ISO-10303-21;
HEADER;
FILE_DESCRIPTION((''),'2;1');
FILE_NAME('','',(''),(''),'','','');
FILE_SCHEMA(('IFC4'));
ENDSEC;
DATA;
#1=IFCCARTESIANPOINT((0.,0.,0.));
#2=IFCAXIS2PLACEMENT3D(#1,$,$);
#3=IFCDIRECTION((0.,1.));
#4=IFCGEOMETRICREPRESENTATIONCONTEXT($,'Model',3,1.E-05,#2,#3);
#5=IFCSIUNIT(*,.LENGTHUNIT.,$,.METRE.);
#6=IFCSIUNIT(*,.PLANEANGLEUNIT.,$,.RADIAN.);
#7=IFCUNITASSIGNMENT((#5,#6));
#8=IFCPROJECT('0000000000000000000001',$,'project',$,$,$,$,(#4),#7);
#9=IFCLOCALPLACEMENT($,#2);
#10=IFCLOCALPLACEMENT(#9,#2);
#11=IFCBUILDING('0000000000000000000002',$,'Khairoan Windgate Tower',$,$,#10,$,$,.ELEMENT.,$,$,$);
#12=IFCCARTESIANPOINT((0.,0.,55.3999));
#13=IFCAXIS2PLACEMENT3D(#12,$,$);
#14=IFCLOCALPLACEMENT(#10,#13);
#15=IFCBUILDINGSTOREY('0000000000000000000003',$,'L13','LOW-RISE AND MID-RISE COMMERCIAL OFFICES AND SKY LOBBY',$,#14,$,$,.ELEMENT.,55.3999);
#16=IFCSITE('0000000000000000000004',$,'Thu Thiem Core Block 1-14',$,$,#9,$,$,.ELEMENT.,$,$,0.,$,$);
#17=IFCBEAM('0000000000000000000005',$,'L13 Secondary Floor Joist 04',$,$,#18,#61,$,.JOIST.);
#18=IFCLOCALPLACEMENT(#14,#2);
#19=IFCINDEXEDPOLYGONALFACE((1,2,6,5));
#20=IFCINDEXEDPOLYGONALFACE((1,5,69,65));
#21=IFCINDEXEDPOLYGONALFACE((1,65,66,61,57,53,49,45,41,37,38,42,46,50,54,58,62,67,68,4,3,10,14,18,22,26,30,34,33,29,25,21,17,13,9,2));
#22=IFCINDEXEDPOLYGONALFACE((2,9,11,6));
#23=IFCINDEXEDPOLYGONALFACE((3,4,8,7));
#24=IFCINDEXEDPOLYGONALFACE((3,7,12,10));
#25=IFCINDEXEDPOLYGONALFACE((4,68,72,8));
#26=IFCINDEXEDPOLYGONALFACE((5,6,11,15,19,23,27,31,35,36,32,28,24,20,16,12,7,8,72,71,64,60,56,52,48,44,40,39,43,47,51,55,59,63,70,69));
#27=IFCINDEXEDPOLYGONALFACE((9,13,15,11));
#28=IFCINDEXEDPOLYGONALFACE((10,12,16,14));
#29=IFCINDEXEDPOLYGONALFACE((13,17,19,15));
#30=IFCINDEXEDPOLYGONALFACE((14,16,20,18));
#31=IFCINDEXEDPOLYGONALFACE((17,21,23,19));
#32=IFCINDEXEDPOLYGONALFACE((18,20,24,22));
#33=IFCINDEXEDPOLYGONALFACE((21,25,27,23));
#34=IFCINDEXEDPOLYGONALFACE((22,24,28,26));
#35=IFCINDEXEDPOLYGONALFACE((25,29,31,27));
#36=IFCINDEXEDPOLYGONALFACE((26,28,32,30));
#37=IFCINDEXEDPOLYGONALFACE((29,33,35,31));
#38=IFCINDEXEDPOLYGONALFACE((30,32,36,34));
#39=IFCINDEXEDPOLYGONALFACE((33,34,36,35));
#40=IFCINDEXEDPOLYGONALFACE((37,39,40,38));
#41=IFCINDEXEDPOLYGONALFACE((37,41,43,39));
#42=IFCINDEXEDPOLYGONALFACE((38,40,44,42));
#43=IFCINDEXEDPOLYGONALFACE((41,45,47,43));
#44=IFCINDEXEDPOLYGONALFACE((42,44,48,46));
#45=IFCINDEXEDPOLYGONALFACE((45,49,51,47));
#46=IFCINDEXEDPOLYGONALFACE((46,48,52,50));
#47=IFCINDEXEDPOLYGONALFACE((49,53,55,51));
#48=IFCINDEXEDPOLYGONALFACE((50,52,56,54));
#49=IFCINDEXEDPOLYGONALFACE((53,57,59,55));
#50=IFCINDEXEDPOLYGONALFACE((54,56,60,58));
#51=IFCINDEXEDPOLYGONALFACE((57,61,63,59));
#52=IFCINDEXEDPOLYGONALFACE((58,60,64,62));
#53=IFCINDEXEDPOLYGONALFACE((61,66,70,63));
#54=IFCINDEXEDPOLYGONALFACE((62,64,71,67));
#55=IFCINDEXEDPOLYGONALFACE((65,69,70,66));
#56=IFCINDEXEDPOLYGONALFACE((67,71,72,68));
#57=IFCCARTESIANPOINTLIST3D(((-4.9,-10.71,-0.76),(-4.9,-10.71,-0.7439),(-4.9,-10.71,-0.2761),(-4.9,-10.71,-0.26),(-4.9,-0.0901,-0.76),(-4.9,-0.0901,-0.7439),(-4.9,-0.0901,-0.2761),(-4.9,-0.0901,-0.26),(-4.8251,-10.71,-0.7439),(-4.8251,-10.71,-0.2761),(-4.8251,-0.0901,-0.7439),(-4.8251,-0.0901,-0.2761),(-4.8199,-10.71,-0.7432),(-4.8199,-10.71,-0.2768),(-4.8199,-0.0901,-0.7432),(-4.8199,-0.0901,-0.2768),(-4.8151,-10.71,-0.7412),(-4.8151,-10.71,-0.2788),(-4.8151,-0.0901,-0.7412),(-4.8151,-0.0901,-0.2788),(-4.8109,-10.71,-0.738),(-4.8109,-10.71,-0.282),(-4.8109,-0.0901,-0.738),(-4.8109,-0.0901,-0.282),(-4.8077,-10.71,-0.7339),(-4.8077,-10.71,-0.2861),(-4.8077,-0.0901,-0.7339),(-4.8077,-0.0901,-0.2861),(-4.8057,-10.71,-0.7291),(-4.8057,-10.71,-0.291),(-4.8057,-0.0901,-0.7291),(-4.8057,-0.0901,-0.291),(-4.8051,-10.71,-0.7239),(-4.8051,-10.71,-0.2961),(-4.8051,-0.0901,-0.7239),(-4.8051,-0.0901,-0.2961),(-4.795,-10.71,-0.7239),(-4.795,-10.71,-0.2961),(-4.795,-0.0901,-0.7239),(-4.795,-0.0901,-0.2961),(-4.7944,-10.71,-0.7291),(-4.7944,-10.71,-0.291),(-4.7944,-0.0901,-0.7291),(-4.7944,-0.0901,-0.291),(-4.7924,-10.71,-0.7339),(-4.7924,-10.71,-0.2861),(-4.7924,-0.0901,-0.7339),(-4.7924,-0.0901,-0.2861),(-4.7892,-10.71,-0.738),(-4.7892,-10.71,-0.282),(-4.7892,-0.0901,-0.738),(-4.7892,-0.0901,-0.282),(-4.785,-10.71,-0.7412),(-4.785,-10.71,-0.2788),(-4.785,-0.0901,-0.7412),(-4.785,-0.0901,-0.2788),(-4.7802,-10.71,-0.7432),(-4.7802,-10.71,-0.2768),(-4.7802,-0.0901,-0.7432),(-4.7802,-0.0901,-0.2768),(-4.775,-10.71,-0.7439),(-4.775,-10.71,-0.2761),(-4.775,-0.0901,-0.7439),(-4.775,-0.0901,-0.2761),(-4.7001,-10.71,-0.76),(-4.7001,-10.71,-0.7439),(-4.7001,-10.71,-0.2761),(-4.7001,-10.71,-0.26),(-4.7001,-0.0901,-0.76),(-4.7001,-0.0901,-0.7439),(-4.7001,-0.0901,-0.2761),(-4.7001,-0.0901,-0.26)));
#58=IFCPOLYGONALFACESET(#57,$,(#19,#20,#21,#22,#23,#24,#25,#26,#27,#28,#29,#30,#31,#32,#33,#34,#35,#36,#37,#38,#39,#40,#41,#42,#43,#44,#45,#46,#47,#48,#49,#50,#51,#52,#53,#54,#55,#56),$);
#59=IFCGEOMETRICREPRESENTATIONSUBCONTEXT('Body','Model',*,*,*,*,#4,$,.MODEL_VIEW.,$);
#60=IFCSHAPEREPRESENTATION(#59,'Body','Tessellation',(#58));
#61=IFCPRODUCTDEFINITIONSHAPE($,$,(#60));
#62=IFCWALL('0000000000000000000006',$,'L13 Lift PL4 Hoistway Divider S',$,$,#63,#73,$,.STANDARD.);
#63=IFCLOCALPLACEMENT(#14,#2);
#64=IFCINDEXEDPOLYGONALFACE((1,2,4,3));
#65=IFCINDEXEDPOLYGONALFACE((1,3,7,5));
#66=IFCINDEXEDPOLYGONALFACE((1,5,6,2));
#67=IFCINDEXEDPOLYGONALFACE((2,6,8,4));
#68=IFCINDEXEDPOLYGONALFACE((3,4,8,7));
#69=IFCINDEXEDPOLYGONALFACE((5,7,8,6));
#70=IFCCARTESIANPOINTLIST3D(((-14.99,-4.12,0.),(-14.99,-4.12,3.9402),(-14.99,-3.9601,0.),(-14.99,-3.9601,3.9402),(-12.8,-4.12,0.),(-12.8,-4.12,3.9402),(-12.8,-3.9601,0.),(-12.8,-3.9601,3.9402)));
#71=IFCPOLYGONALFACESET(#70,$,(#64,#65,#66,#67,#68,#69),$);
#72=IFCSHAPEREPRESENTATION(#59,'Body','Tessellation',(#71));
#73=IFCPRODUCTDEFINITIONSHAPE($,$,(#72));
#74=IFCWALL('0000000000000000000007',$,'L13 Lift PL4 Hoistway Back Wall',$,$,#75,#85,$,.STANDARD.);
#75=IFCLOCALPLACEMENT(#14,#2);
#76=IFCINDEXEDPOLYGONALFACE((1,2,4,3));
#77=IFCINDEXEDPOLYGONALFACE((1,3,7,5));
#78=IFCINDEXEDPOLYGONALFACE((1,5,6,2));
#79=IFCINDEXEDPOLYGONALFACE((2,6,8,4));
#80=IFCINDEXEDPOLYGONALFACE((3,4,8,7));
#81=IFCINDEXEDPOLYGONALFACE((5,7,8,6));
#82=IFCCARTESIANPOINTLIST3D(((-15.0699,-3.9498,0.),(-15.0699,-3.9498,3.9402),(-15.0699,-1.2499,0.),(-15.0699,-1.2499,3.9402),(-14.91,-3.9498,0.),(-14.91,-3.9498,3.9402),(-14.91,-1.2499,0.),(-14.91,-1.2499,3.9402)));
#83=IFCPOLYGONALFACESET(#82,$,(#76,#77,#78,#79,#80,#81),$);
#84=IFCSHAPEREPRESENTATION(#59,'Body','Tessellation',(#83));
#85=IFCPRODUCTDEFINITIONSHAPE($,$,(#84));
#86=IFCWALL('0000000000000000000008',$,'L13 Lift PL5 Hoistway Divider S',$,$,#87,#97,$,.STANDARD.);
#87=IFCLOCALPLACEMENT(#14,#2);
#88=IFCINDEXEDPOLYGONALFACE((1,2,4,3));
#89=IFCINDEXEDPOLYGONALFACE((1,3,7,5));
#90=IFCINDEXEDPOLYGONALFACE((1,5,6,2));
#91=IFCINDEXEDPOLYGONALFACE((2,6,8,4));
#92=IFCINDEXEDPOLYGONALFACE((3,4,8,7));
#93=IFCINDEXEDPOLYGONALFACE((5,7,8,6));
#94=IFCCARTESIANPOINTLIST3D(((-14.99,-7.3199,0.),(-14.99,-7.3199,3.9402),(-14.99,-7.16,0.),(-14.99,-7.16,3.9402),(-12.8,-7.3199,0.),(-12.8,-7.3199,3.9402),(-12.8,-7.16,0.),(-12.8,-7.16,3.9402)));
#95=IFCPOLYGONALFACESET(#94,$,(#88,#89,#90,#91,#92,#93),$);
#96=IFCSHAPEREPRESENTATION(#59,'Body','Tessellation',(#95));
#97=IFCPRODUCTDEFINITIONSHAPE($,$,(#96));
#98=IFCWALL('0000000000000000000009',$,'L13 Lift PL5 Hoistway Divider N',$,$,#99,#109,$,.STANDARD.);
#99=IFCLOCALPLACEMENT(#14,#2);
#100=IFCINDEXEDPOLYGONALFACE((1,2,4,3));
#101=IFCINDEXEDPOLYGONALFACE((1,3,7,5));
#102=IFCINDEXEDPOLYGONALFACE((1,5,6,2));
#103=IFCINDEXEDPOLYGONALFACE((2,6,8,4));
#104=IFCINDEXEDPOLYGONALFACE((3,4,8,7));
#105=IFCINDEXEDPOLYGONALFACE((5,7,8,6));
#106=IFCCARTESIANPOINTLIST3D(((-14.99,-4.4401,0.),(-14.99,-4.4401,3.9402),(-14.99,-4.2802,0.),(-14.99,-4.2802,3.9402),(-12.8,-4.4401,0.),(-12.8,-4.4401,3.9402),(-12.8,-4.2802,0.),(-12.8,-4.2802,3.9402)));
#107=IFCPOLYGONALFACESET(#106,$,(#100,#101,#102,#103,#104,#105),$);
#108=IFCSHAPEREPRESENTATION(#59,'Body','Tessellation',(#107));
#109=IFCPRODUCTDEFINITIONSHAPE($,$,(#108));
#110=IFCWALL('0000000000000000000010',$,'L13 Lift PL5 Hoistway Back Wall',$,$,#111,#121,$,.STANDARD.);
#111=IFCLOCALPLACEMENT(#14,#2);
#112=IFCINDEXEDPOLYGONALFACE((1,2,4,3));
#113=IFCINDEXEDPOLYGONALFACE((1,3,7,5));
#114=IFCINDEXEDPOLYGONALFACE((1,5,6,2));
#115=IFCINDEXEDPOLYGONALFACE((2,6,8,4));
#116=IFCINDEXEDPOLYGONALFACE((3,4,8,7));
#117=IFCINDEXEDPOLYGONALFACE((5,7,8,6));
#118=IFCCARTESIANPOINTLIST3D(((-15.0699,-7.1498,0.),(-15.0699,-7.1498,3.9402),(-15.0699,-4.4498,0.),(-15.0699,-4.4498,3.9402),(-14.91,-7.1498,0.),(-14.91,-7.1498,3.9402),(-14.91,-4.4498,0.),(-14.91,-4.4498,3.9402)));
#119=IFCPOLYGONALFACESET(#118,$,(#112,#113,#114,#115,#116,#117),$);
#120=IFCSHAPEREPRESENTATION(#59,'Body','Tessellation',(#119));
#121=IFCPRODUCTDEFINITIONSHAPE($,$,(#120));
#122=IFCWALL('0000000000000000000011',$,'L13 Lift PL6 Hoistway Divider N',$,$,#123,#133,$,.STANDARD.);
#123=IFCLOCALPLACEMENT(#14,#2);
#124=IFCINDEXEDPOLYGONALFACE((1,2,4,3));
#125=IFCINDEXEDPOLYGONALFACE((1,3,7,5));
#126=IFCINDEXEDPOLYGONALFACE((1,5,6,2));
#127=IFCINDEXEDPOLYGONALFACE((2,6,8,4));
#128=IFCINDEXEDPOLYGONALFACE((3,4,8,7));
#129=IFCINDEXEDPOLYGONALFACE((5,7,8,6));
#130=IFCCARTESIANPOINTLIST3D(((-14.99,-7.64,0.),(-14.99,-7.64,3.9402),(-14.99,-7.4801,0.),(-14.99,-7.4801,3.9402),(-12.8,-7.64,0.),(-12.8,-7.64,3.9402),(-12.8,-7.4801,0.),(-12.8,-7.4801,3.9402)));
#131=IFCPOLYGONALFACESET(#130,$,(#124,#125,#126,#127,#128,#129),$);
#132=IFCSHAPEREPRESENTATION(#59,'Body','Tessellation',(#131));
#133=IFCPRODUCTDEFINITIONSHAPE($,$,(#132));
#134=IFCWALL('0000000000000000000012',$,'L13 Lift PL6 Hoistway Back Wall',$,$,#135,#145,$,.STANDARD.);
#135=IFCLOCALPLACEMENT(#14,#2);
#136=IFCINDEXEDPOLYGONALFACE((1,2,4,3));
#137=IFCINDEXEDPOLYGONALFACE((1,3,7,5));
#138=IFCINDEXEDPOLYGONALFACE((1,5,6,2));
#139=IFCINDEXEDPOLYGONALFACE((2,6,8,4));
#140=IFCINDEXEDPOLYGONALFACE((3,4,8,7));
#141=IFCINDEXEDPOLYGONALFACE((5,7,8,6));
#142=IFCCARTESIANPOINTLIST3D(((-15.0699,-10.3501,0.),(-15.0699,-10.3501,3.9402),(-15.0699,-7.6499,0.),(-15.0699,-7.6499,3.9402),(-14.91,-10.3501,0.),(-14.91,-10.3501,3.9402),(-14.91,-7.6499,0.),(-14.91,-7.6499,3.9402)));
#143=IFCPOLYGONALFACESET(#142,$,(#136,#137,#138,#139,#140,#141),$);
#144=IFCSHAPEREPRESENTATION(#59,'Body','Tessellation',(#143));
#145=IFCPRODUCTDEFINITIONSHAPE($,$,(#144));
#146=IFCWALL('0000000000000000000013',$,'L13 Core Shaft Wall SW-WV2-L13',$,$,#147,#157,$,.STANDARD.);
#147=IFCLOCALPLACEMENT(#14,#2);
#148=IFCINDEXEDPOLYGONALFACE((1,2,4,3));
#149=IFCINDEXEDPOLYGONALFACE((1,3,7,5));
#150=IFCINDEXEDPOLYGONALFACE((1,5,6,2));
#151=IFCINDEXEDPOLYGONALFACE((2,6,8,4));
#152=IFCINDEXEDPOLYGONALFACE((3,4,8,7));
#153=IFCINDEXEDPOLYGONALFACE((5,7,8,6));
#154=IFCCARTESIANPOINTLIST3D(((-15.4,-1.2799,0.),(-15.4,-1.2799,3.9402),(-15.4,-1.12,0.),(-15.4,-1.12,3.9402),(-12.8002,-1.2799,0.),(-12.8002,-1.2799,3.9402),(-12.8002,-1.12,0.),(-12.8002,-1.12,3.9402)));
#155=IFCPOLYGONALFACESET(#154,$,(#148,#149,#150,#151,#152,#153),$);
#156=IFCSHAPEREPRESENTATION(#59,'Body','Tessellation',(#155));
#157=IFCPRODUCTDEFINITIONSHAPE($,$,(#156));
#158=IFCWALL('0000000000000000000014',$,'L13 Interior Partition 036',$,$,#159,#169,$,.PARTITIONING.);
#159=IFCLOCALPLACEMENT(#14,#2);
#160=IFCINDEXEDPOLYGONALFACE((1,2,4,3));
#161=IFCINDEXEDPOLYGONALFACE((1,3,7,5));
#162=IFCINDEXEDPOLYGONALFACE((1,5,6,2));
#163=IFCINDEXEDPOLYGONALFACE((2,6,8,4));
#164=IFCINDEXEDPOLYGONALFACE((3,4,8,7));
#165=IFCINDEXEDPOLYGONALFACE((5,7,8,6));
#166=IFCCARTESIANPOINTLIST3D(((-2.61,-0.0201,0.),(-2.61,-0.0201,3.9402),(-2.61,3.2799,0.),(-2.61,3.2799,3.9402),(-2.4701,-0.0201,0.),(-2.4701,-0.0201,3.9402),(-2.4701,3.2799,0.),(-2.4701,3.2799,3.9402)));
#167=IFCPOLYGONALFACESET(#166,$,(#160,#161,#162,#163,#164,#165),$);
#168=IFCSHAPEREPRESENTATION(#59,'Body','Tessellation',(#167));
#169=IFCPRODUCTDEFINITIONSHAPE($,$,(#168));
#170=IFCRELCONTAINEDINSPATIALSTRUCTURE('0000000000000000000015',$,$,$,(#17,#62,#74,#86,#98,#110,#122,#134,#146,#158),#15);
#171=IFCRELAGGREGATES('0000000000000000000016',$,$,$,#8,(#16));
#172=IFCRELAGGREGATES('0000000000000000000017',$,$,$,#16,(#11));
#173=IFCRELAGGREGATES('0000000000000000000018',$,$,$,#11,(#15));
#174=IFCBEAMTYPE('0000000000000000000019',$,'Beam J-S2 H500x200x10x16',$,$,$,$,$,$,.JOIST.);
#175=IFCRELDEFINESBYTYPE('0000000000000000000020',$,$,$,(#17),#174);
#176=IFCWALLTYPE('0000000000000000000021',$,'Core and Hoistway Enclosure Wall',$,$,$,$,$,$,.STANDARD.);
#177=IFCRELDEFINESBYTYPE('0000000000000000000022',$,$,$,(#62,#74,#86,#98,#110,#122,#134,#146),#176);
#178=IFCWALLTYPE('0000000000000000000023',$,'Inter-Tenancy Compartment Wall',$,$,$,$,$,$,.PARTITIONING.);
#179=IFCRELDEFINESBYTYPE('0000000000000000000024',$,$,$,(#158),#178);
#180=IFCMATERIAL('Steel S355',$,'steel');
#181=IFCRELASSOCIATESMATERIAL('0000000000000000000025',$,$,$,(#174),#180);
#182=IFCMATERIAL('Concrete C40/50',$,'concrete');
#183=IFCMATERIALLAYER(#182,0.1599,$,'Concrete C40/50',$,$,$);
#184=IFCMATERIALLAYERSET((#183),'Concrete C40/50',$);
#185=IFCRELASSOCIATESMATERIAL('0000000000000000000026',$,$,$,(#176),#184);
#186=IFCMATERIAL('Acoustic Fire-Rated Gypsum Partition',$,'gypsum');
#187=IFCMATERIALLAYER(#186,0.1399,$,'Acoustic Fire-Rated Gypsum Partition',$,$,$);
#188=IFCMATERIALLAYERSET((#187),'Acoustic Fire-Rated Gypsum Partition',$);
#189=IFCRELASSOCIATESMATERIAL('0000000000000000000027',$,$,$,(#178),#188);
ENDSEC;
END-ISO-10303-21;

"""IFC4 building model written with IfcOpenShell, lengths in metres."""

from ifc_helpers import new_model, si_unit, direction, frame, frame_2d, origin, origin_2d, place, context, subcontext, project, spatial, rectangle, i_section, extrude, material, layer, layer_set, material_profile, profile_set, type_object, element, save


model = new_model("IFC4")

# Units and contexts
model_context = context("Model", 3, precision=1e-05, world=origin(), true_north=direction((0.0, 1.0)))
body_context = subcontext(model_context, "Body", "Model", "MODEL_VIEW")
ifc_project = project(units=[si_unit("LENGTHUNIT", "METRE"), si_unit("PLANEANGLEUNIT", "RADIAN")], contexts=[model_context])

# Site, building, storey
site_placement = place(None, origin())
site = spatial("IfcSite", under=ifc_project, at=site_placement, Name="Thu Thiem Core Block 1-14", CompositionType="ELEMENT", RefElevation=0.0)
building_placement = place(site_placement, origin())
building = spatial("IfcBuilding", under=site, at=building_placement, Name="Khairoan Windgate Tower", CompositionType="ELEMENT")
storey_placement = place(building_placement, frame((0.0, 0.0, 55.3999)))
storey = spatial("IfcBuildingStorey", under=building, at=storey_placement, Name="L13", Description="LOW-RISE AND MID-RISE COMMERCIAL OFFICES AND SKY LOBBY", CompositionType="ELEMENT", Elevation=55.3999)

# Beam
ifc_material_1 = material(Name="Steel S355", Category="steel")
ifc_material_profile_1 = material_profile(ifc_material_1, i_section(OverallWidth=0.2, OverallDepth=0.5, WebThickness=0.01, FlangeThickness=0.0161, FilletRadius=0.02, at=origin_2d()))
ifc_profile_set_1 = profile_set([ifc_material_profile_1], Name="Steel S355")
beam_type_1 = type_object("IfcBeamType", Name="Beam J-S2 H500x200x10x16", PredefinedType="JOIST", material=ifc_profile_set_1)
beam_1_placement = place(storey_placement, frame((-4.8, -10.71, -0.51), z_axis=(0.0, 1.0, 0.0), x_axis=(-1.0, 0.0, 0.0)))
element("IfcBeam", 1, at=beam_1_placement, inside=storey, type_object=beam_type_1, Name="L13 Secondary Floor Joist 04", PredefinedType="JOIST", context=body_context, shape_type="SweptSolid", body=[
    extrude(i_section(OverallWidth=0.2, OverallDepth=0.5, WebThickness=0.01, FlangeThickness=0.0161, FilletRadius=0.02, at=origin_2d()), origin(), (0.0, 0.0, 1.0), 10.6199),
])

# Walls
ifc_material_2 = material(Name="Concrete C40/50", Category="concrete")
ifc_layer_1 = layer(ifc_material_2, 0.1599, Name="Concrete C40/50")
ifc_layer_set_1 = layer_set([ifc_layer_1], Name="Concrete C40/50")
wall_type_1 = type_object("IfcWallType", Name="Core and Hoistway Enclosure Wall", PredefinedType="STANDARD", material=ifc_layer_set_1)
wall_1_placement = place(storey_placement, frame((-14.99, -4.04, 0.0), z_axis=(0.0, 0.0, 1.0), x_axis=(1.0, 0.0, 0.0)))
element("IfcWall", 2, at=wall_1_placement, inside=storey, type_object=wall_type_1, Name="L13 Lift PL4 Hoistway Divider S", PredefinedType="STANDARD", context=body_context, shape_type="SweptSolid", body=[
    extrude(rectangle(XDim=2.1899, YDim=0.1599, at=frame_2d((1.095, 0.0))), origin(), (0.0, 0.0, 1.0), 3.9402),
])
wall_2_placement = place(storey_placement, frame((-14.99, -3.95, 0.0), z_axis=(0.0, 0.0, 1.0), x_axis=(0.0, 1.0, 0.0)))
element("IfcWall", 3, at=wall_2_placement, inside=storey, type_object=wall_type_1, Name="L13 Lift PL4 Hoistway Back Wall", PredefinedType="STANDARD", context=body_context, shape_type="SweptSolid", body=[
    extrude(rectangle(XDim=2.7, YDim=0.1599, at=frame_2d((1.3501, 0.0))), origin(), (0.0, 0.0, 1.0), 3.9402),
])
for number, where, z_axis, x_axis, name in (
    (4, (-14.99, -7.24, 0.0), (0.0, 0.0, 1.0), (1.0, 0.0, 0.0), "L13 Lift PL5 Hoistway Divider S"),
    (5, (-14.99, -4.3601, 0.0), (0.0, 0.0, 1.0), (1.0, 0.0, 0.0), "L13 Lift PL5 Hoistway Divider N"),
):
    element("IfcWall", number, at=place(storey_placement, frame(where, z_axis=z_axis, x_axis=x_axis)), inside=storey, type_object=wall_type_1, Name=name, PredefinedType="STANDARD", context=body_context, shape_type="SweptSolid", body=[
        extrude(rectangle(XDim=2.1899, YDim=0.1599, at=frame_2d((1.095, 0.0))), origin(), (0.0, 0.0, 1.0), 3.9402),
    ])
wall_3_placement = place(storey_placement, frame((-14.99, -7.1499, 0.0), z_axis=(0.0, 0.0, 1.0), x_axis=(0.0, 1.0, 0.0)))
element("IfcWall", 6, at=wall_3_placement, inside=storey, type_object=wall_type_1, Name="L13 Lift PL5 Hoistway Back Wall", PredefinedType="STANDARD", context=body_context, shape_type="SweptSolid", body=[
    extrude(rectangle(XDim=2.7, YDim=0.1599, at=frame_2d((1.3501, 0.0))), origin(), (0.0, 0.0, 1.0), 3.9402),
])
wall_4_placement = place(storey_placement, frame((-14.99, -7.5601, 0.0), z_axis=(0.0, 0.0, 1.0), x_axis=(1.0, 0.0, 0.0)))
element("IfcWall", 7, at=wall_4_placement, inside=storey, type_object=wall_type_1, Name="L13 Lift PL6 Hoistway Divider N", PredefinedType="STANDARD", context=body_context, shape_type="SweptSolid", body=[
    extrude(rectangle(XDim=2.1899, YDim=0.1599, at=frame_2d((1.095, 0.0))), origin(), (0.0, 0.0, 1.0), 3.9402),
])
wall_5_placement = place(storey_placement, frame((-14.99, -10.3501, 0.0), z_axis=(0.0, 0.0, 1.0), x_axis=(0.0, 1.0, 0.0)))
element("IfcWall", 8, at=wall_5_placement, inside=storey, type_object=wall_type_1, Name="L13 Lift PL6 Hoistway Back Wall", PredefinedType="STANDARD", context=body_context, shape_type="SweptSolid", body=[
    extrude(rectangle(XDim=2.7002, YDim=0.1599, at=frame_2d((1.3501, 0.0))), origin(), (0.0, 0.0, 1.0), 3.9402),
])
wall_6_placement = place(storey_placement, frame((-15.3999, -1.2, 0.0), z_axis=(0.0, 0.0, 1.0), x_axis=(1.0, 0.0, 0.0)))
element("IfcWall", 9, at=wall_6_placement, inside=storey, type_object=wall_type_1, Name="L13 Core Shaft Wall SW-WV2-L13", PredefinedType="STANDARD", context=body_context, shape_type="SweptSolid", body=[
    extrude(rectangle(XDim=2.5999, YDim=0.1599, at=frame_2d((1.2998, 0.0))), origin(), (0.0, 0.0, 1.0), 3.9402),
])
ifc_material_3 = material(Name="Acoustic Fire-Rated Gypsum Partition", Category="gypsum")
ifc_layer_2 = layer(ifc_material_3, 0.1399, Name="Acoustic Fire-Rated Gypsum Partition")
ifc_layer_set_2 = layer_set([ifc_layer_2], Name="Acoustic Fire-Rated Gypsum Partition")
wall_type_2 = type_object("IfcWallType", Name="Inter-Tenancy Compartment Wall", PredefinedType="PARTITIONING", material=ifc_layer_set_2)
wall_7_placement = place(storey_placement, frame((-2.54, -0.02, 0.0), z_axis=(0.0, 0.0, 1.0), x_axis=(0.0, 1.0, 0.0)))
element("IfcWall", 10, at=wall_7_placement, inside=storey, type_object=wall_type_2, Name="L13 Interior Partition 036", PredefinedType="PARTITIONING", context=body_context, shape_type="SweptSolid", body=[
    extrude(rectangle(XDim=3.3, YDim=0.1399, at=frame_2d((1.6499, 0.0))), origin(), (0.0, 0.0, 1.0), 3.9402),
])

save(model, "model.ifc")
